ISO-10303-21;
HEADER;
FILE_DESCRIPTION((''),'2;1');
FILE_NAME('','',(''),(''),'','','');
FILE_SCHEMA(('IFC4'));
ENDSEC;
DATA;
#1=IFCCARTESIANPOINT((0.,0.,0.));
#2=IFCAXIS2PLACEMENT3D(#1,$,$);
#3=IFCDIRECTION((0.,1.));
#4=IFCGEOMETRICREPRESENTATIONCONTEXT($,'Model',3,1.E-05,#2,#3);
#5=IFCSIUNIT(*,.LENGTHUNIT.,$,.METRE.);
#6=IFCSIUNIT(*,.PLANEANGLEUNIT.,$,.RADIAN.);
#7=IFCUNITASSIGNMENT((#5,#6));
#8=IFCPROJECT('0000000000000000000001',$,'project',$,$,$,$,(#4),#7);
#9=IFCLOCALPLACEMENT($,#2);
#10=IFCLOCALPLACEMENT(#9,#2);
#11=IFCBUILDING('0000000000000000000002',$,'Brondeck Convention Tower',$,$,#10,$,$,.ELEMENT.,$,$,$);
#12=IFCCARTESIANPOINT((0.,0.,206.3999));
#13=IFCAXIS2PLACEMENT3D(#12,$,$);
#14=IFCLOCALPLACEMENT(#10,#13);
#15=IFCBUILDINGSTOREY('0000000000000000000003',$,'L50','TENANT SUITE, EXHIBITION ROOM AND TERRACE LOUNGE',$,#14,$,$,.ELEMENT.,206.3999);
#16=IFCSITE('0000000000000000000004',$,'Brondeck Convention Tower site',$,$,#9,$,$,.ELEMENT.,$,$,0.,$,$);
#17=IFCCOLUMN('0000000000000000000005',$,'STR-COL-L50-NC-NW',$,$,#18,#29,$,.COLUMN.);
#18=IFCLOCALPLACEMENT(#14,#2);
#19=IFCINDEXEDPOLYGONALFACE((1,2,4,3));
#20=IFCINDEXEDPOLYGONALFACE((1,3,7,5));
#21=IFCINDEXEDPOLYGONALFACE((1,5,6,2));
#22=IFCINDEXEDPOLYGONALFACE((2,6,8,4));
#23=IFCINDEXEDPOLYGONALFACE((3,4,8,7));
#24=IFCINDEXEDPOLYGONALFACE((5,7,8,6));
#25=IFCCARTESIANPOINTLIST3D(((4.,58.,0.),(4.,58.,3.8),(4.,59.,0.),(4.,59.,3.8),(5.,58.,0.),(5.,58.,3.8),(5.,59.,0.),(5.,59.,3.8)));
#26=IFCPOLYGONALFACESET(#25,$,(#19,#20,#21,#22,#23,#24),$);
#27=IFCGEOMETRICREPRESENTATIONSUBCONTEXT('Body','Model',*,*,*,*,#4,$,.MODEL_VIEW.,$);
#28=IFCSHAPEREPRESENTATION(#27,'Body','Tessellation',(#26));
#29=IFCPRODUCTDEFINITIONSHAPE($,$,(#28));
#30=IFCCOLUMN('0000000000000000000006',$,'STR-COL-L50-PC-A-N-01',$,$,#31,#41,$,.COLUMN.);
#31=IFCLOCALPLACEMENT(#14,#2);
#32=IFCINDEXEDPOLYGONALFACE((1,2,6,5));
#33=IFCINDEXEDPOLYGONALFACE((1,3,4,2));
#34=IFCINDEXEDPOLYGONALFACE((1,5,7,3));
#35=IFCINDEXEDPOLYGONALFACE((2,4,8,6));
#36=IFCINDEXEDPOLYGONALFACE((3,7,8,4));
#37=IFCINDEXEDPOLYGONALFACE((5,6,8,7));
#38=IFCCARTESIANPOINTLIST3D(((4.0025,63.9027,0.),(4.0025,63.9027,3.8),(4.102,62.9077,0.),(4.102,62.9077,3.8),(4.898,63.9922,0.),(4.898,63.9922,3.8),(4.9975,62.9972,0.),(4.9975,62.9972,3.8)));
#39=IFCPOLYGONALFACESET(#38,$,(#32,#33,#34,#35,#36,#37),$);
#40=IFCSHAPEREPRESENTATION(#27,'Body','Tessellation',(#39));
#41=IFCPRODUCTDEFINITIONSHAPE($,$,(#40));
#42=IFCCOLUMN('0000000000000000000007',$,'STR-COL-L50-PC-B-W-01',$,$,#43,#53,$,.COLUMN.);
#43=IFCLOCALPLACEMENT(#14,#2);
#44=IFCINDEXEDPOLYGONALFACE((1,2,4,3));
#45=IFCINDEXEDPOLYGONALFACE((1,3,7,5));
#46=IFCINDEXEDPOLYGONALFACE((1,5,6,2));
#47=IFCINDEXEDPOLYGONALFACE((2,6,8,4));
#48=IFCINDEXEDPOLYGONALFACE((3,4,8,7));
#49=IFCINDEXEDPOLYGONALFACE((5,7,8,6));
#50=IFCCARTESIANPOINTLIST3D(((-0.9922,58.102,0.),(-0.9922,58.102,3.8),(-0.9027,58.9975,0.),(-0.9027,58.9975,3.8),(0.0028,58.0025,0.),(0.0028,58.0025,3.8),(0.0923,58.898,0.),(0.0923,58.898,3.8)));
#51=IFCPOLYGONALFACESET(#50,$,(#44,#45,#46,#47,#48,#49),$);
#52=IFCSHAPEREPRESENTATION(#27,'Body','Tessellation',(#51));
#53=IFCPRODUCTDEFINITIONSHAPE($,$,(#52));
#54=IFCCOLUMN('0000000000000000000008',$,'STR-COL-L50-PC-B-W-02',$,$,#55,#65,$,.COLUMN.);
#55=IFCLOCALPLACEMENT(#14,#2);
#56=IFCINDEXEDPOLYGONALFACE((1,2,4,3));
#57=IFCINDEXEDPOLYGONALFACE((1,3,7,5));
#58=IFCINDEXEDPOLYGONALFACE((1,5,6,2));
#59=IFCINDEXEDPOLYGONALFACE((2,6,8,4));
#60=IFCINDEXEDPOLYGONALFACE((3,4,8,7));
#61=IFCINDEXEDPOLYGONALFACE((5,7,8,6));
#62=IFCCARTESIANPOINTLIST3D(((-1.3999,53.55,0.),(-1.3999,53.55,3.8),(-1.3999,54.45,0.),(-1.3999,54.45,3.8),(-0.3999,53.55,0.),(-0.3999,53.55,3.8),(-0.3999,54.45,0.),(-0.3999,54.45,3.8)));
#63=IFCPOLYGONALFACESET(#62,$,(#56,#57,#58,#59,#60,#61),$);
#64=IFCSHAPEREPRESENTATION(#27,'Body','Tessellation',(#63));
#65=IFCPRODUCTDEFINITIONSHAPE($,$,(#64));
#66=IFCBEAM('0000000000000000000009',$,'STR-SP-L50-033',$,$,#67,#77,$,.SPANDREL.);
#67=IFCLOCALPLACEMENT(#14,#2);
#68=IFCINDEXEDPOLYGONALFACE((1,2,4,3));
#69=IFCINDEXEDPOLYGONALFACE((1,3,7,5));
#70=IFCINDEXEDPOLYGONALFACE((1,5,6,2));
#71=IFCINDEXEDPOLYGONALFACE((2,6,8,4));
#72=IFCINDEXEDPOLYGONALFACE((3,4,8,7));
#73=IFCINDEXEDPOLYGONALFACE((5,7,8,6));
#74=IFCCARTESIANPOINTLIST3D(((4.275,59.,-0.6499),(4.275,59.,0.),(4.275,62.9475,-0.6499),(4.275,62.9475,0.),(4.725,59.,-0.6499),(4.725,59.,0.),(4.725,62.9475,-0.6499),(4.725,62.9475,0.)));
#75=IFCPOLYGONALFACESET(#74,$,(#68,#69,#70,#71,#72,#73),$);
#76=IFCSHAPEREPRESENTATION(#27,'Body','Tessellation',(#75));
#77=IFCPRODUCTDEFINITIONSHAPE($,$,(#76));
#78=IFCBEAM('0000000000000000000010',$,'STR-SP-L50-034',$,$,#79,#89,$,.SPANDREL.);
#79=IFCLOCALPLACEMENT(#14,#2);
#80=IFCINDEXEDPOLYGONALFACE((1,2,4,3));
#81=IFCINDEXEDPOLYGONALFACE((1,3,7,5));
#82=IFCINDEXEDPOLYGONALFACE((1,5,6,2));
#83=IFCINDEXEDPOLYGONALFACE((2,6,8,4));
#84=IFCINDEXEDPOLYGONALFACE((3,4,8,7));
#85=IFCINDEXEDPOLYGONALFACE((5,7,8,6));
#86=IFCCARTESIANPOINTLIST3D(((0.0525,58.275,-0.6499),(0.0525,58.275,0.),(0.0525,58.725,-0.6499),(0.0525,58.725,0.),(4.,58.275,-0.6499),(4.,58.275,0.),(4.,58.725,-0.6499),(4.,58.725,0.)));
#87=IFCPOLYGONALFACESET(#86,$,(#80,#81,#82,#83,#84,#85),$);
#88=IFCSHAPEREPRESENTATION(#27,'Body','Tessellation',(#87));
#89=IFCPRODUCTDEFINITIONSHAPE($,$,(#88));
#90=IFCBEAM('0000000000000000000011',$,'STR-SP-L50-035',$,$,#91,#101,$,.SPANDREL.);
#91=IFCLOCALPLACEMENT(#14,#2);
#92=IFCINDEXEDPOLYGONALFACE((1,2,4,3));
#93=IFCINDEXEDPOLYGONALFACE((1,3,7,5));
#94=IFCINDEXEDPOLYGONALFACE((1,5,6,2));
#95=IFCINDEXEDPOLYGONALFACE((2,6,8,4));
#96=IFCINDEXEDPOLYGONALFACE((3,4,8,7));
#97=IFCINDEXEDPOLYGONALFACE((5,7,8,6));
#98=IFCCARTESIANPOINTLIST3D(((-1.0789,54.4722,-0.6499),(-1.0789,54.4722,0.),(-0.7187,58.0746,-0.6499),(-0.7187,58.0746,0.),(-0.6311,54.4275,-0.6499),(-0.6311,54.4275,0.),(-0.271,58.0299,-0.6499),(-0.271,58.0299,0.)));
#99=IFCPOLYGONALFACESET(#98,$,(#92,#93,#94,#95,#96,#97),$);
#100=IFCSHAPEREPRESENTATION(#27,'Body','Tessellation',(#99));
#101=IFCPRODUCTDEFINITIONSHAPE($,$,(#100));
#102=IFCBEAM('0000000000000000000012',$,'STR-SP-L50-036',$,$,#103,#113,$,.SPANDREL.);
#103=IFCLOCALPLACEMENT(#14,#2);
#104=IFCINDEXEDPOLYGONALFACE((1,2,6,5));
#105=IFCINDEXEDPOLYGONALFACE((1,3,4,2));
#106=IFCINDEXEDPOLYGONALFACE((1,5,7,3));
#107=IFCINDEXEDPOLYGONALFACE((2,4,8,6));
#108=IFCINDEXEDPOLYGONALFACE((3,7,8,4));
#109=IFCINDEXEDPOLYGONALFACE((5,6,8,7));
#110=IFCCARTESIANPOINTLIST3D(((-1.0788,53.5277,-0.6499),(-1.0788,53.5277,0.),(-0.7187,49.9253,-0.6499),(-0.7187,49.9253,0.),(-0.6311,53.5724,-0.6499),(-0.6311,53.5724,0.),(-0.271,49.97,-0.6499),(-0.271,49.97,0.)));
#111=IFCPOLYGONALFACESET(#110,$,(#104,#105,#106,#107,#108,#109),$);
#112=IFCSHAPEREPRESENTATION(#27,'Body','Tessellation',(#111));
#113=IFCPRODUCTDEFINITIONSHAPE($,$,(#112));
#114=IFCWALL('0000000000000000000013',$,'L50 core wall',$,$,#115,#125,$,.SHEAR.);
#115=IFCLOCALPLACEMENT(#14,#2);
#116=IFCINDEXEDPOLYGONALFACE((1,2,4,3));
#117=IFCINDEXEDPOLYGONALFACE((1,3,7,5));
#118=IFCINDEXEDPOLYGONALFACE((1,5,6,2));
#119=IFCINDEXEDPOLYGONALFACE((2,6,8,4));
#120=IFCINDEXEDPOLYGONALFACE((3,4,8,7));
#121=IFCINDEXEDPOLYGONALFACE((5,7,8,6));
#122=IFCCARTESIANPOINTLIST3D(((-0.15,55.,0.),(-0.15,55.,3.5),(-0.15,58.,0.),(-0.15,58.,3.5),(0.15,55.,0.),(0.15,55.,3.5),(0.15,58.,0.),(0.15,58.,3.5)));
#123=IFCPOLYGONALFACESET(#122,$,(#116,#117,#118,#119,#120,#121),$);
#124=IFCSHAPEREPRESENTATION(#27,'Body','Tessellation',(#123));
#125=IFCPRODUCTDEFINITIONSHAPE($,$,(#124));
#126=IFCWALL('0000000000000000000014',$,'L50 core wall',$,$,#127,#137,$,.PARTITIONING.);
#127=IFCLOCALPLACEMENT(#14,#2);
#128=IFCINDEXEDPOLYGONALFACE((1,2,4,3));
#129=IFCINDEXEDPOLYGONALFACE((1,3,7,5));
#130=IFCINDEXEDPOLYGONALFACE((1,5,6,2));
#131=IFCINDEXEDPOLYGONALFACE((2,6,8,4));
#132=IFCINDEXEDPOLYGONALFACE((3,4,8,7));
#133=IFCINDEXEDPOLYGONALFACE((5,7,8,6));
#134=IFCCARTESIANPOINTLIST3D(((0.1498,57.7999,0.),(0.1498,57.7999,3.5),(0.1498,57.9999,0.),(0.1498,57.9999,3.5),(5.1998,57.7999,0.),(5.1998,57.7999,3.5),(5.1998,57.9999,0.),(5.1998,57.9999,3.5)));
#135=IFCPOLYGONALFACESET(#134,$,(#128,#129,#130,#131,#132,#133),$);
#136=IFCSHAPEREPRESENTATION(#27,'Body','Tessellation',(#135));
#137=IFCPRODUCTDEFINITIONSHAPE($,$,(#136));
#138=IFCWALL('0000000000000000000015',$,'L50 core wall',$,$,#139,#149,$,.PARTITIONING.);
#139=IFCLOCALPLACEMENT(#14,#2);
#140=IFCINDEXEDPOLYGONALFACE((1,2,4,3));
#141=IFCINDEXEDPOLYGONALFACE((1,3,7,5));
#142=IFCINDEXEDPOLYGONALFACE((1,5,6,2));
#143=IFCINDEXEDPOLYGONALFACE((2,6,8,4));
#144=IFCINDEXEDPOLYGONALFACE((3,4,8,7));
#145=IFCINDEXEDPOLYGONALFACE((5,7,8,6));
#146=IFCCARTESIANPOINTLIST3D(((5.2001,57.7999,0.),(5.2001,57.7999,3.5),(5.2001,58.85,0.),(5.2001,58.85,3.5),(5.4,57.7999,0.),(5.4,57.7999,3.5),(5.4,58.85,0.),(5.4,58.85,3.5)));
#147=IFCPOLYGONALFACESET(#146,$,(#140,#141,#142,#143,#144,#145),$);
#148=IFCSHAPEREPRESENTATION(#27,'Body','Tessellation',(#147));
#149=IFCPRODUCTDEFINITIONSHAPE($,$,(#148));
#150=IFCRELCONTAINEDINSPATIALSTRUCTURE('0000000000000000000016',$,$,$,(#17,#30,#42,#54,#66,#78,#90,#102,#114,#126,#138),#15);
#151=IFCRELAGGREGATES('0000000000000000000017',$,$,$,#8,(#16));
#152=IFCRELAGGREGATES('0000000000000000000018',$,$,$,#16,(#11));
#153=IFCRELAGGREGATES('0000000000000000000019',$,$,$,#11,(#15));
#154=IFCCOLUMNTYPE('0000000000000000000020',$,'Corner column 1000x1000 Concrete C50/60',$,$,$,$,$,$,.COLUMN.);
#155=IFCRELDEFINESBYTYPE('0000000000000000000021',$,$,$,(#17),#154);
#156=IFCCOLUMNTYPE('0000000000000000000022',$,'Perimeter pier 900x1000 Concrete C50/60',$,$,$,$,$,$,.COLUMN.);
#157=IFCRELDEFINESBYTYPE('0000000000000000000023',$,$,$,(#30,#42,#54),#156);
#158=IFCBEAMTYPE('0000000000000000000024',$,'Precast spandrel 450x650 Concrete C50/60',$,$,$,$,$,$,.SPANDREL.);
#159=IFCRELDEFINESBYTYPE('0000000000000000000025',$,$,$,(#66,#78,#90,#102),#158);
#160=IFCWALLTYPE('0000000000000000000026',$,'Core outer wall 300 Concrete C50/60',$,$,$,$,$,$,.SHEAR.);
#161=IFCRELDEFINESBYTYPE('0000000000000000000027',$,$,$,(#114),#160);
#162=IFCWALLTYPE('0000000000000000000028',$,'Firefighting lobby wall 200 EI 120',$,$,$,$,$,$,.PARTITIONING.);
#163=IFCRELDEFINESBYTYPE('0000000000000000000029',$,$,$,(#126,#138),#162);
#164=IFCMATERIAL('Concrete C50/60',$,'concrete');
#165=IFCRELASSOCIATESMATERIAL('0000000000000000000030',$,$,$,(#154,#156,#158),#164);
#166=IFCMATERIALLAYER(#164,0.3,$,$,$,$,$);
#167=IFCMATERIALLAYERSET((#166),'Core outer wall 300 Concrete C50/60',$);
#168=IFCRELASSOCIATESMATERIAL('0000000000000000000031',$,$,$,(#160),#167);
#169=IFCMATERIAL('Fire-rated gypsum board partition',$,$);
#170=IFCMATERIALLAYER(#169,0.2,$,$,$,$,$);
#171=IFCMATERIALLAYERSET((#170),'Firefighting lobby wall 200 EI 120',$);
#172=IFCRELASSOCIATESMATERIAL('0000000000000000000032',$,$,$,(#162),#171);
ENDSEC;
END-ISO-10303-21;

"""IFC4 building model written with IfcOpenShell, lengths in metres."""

from ifc_helpers import new_model, si_unit, direction, frame, frame_2d, origin, origin_2d, place, context, subcontext, project, spatial, rectangle, extrude, material, layer, layer_set, material_profile, profile_set, type_object, element, save


model = new_model("IFC4")

# Units and contexts
model_context = context("Model", 3, precision=1e-05, world=origin(), true_north=direction((0.0, 1.0)))
body_context = subcontext(model_context, "Body", "Model", "MODEL_VIEW")
ifc_project = project(units=[si_unit("LENGTHUNIT", "METRE"), si_unit("PLANEANGLEUNIT", "RADIAN")], contexts=[model_context])

# Site, building, storey
site_placement = place(None, origin())
site = spatial("IfcSite", under=ifc_project, at=site_placement, Name="Brondeck Convention Tower site", CompositionType="ELEMENT", RefElevation=0.0)
building_placement = place(site_placement, origin())
building = spatial("IfcBuilding", under=site, at=building_placement, Name="Brondeck Convention Tower", CompositionType="ELEMENT")
storey_placement = place(building_placement, frame((0.0, 0.0, 206.3999)))
storey = spatial("IfcBuildingStorey", under=building, at=storey_placement, Name="L50", Description="TENANT SUITE, EXHIBITION ROOM AND TERRACE LOUNGE", CompositionType="ELEMENT", Elevation=206.3999)

# Columns
ifc_material_1 = material(Name="Concrete C50/60", Category="concrete")
ifc_material_profile_1 = material_profile(ifc_material_1, rectangle(XDim=1.0, YDim=1.0, at=origin_2d()), Name="Corner column 1000x1000 Concrete C50/60")
ifc_profile_set_1 = profile_set([ifc_material_profile_1], Name="Concrete C50/60")
column_type_1 = type_object("IfcColumnType", Name="Corner column 1000x1000 Concrete C50/60", PredefinedType="COLUMN", material=ifc_profile_set_1)
column_placement = place(storey_placement, frame((4.5, 58.5, 0.0), z_axis=(0.0, 0.0, 1.0), x_axis=(1.0, 0.0, 0.0)))
element("IfcColumn", 1, at=column_placement, inside=storey, type_object=column_type_1, Name="STR-COL-L50-NC-NW", PredefinedType="COLUMN", context=body_context, shape_type="SweptSolid", body=[
    extrude(rectangle(XDim=1.0, YDim=1.0, at=origin_2d()), origin(), (0.0, 0.0, 1.0), 3.8),
])
ifc_material_profile_2 = material_profile(ifc_material_1, rectangle(XDim=0.8999, YDim=1.0, at=origin_2d()), Name="Perimeter pier 900x1000 Concrete C50/60")
ifc_profile_set_2 = profile_set([ifc_material_profile_2], Name="Concrete C50/60")
column_type_2 = type_object("IfcColumnType", Name="Perimeter pier 900x1000 Concrete C50/60", PredefinedType="COLUMN", material=ifc_profile_set_2)
for number, where, z_axis, x_axis, name in (
    (2, (4.5, 63.45, 0.0), (0.0, 0.0, 1.0), (-0.995037, -0.099504, 0.0), "STR-COL-L50-PC-A-N-01"),
    (3, (-0.45, 58.5, 0.0), (0.0, 0.0, 1.0), (-0.099504, -0.995037, 0.0), "STR-COL-L50-PC-B-W-01"),
    (4, (-0.8999, 54.0, 0.0), (0.0, 0.0, 1.0), (0.0, -1.0, 0.0), "STR-COL-L50-PC-B-W-02"),
):
    element("IfcColumn", number, at=place(storey_placement, frame(where, z_axis=z_axis, x_axis=x_axis)), inside=storey, type_object=column_type_2, Name=name, PredefinedType="COLUMN", context=body_context, shape_type="SweptSolid", body=[
        extrude(rectangle(XDim=0.8999, YDim=1.0, at=origin_2d()), origin(), (0.0, 0.0, 1.0), 3.8),
    ])

# Beams
ifc_material_profile_3 = material_profile(ifc_material_1, rectangle(XDim=0.45, YDim=0.6499, at=origin_2d()), Name="Precast spandrel 450x650 Concrete C50/60")
ifc_profile_set_3 = profile_set([ifc_material_profile_3], Name="Concrete C50/60")
beam_type = type_object("IfcBeamType", Name="Precast spandrel 450x650 Concrete C50/60", PredefinedType="SPANDREL", material=ifc_profile_set_3)
for number, where, z_axis, x_axis, name in (
    (5, (4.5, 62.9475, -0.325), (0.0, -1.0, 0.0), (1.0, 0.0, 0.0), "STR-SP-L50-033"),
    (6, (4.0, 58.5, -0.325), (-1.0, 0.0, 0.0), (0.0, -1.0, 0.0), "STR-SP-L50-034"),
):
    element("IfcBeam", number, at=place(storey_placement, frame(where, z_axis=z_axis, x_axis=x_axis)), inside=storey, type_object=beam_type, Name=name, PredefinedType="SPANDREL", context=body_context, shape_type="SweptSolid", body=[
        extrude(rectangle(XDim=0.45, YDim=0.6499, at=origin_2d()), origin(), (0.0, 0.0, 1.0), 3.9475),
    ])
for number, where, z_axis, x_axis, name in (
    (7, (-0.4949, 58.0522, -0.325), (-0.09947, -0.995041, 0.0), (0.995041, -0.09947, 0.0), "STR-SP-L50-035"),
    (8, (-0.855, 53.55, -0.325), (0.09947, -0.995041, 0.0), (0.995041, 0.09947, 0.0), "STR-SP-L50-036"),
):
    element("IfcBeam", number, at=place(storey_placement, frame(where, z_axis=z_axis, x_axis=x_axis)), inside=storey, type_object=beam_type, Name=name, PredefinedType="SPANDREL", context=body_context, shape_type="SweptSolid", body=[
        extrude(rectangle(XDim=0.45, YDim=0.6499, at=origin_2d()), origin(), (0.0, 0.0, 1.0), 3.6204),
    ])

# Walls
ifc_layer_1 = layer(ifc_material_1, 0.3)
ifc_layer_set_1 = layer_set([ifc_layer_1], Name="Core outer wall 300 Concrete C50/60")
wall_type_1 = type_object("IfcWallType", Name="Core outer wall 300 Concrete C50/60", PredefinedType="SHEAR", material=ifc_layer_set_1)
wall_1_placement = place(storey_placement, frame((0.0, 55.0, 0.0), z_axis=(0.0, 0.0, 1.0), x_axis=(0.0, 1.0, 0.0)))
element("IfcWall", 9, at=wall_1_placement, inside=storey, type_object=wall_type_1, Name="L50 core wall", PredefinedType="SHEAR", context=body_context, shape_type="SweptSolid", body=[
    extrude(rectangle(XDim=3.0, YDim=0.3, at=frame_2d((1.5, 0.0))), origin(), (0.0, 0.0, 1.0), 3.5),
])
ifc_material_2 = material(Name="Fire-rated gypsum board partition")
ifc_layer_2 = layer(ifc_material_2, 0.2)
ifc_layer_set_2 = layer_set([ifc_layer_2], Name="Firefighting lobby wall 200 EI 120")
wall_type_2 = type_object("IfcWallType", Name="Firefighting lobby wall 200 EI 120", PredefinedType="PARTITIONING", material=ifc_layer_set_2)
wall_2_placement = place(storey_placement, frame((0.1499, 57.8999, 0.0), z_axis=(0.0, 0.0, 1.0), x_axis=(1.0, 0.0, 0.0)))
element("IfcWall", 10, at=wall_2_placement, inside=storey, type_object=wall_type_2, Name="L50 core wall", PredefinedType="PARTITIONING", context=body_context, shape_type="SweptSolid", body=[
    extrude(rectangle(XDim=5.05, YDim=0.2, at=frame_2d((2.5249, 0.0))), origin(), (0.0, 0.0, 1.0), 3.5),
])
wall_3_placement = place(storey_placement, frame((5.3, 57.8, 0.0), z_axis=(0.0, 0.0, 1.0), x_axis=(0.0, 1.0, 0.0)))
element("IfcWall", 11, at=wall_3_placement, inside=storey, type_object=wall_type_2, Name="L50 core wall", PredefinedType="PARTITIONING", context=body_context, shape_type="SweptSolid", body=[
    extrude(rectangle(XDim=1.05, YDim=0.2, at=frame_2d((0.5249, 0.0))), origin(), (0.0, 0.0, 1.0), 3.5),
])

save(model, "model.ifc")
